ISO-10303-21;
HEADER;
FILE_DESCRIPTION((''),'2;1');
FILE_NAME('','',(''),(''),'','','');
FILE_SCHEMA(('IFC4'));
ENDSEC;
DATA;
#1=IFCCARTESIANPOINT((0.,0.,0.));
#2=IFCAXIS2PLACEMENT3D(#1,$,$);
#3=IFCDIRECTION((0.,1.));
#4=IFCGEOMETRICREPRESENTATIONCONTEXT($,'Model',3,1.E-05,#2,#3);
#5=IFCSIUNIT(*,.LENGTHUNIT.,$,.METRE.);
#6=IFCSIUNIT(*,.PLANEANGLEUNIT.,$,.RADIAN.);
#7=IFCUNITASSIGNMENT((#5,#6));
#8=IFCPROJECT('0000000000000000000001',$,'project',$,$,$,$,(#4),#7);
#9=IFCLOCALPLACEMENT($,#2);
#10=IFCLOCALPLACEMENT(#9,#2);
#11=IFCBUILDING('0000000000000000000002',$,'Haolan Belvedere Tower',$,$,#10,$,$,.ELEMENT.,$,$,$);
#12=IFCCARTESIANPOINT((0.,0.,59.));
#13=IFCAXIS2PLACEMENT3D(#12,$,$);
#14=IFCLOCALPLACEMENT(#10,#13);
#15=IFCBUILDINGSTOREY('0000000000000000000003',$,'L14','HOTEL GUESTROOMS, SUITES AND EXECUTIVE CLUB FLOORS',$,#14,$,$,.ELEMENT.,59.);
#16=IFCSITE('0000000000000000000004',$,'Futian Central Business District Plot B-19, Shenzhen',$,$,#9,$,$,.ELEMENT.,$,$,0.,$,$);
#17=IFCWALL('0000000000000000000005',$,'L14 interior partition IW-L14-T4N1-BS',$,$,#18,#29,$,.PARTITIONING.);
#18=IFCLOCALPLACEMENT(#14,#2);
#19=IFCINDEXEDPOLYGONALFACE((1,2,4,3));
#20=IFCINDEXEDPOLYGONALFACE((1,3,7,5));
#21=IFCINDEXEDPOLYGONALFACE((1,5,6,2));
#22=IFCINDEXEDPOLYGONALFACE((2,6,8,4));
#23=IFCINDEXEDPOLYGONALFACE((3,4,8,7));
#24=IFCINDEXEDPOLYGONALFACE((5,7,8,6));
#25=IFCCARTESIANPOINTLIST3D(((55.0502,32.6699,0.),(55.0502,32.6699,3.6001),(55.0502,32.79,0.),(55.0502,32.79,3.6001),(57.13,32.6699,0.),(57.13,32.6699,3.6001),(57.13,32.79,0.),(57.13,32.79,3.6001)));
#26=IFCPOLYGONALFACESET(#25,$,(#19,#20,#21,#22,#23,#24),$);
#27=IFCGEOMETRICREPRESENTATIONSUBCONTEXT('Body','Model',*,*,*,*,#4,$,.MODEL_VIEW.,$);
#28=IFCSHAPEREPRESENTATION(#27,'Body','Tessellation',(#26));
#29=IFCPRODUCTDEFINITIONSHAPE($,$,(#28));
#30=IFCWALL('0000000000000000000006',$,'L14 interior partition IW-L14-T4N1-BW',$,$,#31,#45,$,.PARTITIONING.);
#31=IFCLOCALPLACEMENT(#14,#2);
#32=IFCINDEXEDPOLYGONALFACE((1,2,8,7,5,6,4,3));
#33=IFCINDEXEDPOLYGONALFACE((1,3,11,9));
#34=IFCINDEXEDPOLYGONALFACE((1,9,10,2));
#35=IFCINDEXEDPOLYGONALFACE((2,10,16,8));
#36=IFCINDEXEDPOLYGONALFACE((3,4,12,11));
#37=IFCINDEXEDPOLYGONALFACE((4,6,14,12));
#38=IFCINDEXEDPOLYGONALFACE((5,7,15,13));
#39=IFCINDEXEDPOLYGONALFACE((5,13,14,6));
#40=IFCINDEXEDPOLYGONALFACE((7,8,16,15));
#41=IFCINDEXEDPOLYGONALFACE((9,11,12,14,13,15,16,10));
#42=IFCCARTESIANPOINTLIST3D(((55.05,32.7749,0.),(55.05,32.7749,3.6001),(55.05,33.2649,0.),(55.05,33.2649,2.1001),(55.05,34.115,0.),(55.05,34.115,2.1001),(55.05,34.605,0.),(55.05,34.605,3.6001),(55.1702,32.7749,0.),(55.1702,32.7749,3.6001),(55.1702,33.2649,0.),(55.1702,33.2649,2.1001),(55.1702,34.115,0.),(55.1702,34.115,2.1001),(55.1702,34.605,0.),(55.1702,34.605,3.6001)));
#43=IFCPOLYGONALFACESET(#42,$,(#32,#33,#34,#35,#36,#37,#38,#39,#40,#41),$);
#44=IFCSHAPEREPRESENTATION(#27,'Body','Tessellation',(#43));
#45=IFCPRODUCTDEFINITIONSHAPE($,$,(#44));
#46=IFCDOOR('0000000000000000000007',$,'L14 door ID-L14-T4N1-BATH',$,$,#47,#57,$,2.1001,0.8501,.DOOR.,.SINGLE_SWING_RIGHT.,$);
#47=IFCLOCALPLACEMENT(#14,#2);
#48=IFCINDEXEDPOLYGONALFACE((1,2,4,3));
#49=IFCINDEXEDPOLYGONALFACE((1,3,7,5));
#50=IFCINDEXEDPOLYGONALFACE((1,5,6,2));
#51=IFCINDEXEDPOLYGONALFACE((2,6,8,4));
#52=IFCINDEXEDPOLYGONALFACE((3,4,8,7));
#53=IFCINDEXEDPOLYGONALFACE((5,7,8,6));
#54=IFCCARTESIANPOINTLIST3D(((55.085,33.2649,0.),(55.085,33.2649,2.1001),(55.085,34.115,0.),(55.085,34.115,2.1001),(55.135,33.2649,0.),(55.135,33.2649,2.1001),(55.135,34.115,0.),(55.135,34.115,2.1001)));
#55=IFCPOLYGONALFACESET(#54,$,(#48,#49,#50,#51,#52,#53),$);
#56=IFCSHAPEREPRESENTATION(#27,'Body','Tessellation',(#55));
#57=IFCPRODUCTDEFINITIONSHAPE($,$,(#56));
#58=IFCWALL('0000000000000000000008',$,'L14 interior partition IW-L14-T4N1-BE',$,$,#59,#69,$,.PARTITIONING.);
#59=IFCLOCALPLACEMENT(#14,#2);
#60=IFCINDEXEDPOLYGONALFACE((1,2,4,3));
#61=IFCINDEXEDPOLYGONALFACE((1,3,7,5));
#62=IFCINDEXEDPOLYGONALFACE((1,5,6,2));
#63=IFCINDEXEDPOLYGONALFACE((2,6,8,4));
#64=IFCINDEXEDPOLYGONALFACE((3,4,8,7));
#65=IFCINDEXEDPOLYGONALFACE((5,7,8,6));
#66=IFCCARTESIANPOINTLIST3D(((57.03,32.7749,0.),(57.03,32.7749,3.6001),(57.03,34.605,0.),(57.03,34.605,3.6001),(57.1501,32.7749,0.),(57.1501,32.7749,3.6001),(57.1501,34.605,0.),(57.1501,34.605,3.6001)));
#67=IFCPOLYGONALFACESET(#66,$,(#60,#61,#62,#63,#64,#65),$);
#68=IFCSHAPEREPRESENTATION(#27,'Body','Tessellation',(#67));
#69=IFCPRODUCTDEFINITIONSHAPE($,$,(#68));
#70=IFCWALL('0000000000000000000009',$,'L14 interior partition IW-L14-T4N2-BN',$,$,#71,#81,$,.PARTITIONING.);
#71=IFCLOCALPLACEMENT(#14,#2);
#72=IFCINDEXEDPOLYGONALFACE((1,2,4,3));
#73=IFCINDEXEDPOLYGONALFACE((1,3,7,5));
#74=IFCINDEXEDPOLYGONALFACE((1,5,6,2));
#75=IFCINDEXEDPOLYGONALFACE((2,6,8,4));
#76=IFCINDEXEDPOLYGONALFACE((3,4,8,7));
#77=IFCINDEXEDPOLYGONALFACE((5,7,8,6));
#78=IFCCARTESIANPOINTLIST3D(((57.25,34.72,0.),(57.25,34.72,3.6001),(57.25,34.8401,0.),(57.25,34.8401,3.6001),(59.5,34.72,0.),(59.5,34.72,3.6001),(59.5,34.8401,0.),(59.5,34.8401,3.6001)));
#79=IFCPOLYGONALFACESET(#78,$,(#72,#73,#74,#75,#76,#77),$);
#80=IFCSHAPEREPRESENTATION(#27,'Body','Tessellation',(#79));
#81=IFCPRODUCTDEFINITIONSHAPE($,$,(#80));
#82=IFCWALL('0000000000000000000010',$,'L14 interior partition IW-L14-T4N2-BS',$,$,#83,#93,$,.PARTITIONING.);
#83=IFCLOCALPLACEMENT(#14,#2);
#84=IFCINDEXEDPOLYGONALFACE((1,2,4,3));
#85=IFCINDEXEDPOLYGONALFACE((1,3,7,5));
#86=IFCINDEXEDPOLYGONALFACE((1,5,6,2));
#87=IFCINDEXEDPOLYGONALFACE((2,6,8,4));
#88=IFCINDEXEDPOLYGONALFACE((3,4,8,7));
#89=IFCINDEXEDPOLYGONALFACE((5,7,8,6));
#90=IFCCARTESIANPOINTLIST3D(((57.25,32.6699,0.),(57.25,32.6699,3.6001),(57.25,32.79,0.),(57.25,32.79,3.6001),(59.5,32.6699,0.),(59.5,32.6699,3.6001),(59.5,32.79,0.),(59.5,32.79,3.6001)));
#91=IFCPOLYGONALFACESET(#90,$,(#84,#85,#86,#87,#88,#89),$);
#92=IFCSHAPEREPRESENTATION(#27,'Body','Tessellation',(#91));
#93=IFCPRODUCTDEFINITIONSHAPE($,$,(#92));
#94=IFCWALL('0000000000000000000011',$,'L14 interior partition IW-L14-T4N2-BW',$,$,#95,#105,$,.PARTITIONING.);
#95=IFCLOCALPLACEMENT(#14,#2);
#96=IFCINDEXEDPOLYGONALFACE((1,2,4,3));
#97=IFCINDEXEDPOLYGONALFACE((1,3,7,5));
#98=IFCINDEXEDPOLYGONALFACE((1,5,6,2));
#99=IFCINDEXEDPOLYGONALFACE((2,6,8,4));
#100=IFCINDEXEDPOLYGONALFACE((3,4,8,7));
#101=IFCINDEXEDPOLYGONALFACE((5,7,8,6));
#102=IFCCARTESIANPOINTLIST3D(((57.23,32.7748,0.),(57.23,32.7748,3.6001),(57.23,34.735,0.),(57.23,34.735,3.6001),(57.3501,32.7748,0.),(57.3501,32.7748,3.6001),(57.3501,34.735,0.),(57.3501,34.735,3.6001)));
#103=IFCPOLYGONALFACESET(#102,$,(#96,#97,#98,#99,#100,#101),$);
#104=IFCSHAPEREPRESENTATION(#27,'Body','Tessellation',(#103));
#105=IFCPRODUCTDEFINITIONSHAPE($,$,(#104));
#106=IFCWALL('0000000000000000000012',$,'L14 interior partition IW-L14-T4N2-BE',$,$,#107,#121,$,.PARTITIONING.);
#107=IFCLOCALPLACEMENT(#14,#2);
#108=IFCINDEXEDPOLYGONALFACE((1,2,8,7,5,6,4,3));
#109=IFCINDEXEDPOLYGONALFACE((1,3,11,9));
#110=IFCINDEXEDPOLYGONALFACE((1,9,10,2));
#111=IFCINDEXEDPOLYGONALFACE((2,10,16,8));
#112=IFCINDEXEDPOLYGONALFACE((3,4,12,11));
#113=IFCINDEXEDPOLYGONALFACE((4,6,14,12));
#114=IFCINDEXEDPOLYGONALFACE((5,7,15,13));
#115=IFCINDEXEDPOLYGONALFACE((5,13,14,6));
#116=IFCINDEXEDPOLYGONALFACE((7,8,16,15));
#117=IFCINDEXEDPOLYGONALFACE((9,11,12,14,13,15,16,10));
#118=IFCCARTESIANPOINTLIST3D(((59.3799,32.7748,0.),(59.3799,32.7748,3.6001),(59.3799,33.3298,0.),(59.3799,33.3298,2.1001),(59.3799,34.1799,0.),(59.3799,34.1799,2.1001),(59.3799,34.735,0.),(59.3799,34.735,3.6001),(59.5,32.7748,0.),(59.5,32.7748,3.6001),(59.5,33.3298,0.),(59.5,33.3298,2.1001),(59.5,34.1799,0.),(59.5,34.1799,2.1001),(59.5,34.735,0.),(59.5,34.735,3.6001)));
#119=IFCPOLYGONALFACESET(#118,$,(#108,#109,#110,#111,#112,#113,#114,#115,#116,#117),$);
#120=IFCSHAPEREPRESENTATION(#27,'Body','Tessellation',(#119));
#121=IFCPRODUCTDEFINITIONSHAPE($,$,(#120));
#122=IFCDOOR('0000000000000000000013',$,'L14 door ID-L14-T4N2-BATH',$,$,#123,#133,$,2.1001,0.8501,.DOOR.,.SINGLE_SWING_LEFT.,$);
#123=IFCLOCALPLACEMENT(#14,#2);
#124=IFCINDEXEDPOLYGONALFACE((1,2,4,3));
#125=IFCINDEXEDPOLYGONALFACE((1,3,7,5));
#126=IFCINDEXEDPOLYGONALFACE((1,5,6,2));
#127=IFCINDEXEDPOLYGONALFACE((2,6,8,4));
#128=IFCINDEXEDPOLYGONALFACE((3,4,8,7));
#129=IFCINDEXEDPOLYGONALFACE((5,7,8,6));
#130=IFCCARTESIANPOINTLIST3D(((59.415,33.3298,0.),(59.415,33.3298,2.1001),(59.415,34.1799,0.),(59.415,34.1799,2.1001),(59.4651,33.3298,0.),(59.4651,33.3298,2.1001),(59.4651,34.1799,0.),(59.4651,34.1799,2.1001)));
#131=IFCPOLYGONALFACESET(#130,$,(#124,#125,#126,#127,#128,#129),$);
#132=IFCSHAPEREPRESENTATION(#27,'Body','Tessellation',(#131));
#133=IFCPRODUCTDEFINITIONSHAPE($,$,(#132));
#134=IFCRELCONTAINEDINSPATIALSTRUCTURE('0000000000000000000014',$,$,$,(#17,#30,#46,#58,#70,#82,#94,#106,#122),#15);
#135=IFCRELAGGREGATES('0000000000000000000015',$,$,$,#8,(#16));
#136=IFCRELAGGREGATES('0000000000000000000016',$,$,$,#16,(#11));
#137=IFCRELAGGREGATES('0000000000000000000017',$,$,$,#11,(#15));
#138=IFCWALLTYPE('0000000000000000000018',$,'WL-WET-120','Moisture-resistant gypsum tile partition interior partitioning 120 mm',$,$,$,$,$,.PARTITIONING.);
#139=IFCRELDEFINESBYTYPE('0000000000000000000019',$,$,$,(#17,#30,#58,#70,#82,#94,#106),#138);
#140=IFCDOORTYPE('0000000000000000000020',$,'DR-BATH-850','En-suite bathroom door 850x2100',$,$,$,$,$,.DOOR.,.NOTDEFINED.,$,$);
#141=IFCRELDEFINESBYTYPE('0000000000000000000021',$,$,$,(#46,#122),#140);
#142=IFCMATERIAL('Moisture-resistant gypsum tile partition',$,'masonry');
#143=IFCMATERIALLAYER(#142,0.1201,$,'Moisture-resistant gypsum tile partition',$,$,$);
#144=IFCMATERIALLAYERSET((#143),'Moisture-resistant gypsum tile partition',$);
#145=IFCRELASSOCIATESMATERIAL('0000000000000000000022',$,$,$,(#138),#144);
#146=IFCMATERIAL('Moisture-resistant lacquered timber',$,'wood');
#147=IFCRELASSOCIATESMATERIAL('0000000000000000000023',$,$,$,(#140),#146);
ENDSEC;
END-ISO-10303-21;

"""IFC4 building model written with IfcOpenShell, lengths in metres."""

from ifc_helpers import new_model, si_unit, direction, frame, frame_2d, origin, place, context, subcontext, project, spatial, rectangle, extrude, material, layer, layer_set, type_object, element, fill, save


model = new_model("IFC4")

# Units and contexts
model_context = context("Model", 3, precision=1e-05, world=origin(), true_north=direction((0.0, 1.0)))
body_context = subcontext(model_context, "Body", "Model", "MODEL_VIEW")
ifc_project = project(units=[si_unit("LENGTHUNIT", "METRE"), si_unit("PLANEANGLEUNIT", "RADIAN")], contexts=[model_context])

# Site, building, storey
site_placement = place(None, origin())
site = spatial("IfcSite", under=ifc_project, at=site_placement, Name="Futian Central Business District Plot B-19, Shenzhen", CompositionType="ELEMENT", RefElevation=0.0)
building_placement = place(site_placement, origin())
building = spatial("IfcBuilding", under=site, at=building_placement, Name="Haolan Belvedere Tower", CompositionType="ELEMENT")
storey_placement = place(building_placement, frame((0.0, 0.0, 59.0)))
storey = spatial("IfcBuildingStorey", under=building, at=storey_placement, Name="L14", Description="HOTEL GUESTROOMS, SUITES AND EXECUTIVE CLUB FLOORS", CompositionType="ELEMENT", Elevation=59.0)

# Wall
ifc_material_1 = material(Name="Moisture-resistant gypsum tile partition", Category="masonry")
ifc_layer_1 = layer(ifc_material_1, 0.1201, Name="Moisture-resistant gypsum tile partition")
ifc_layer_set_1 = layer_set([ifc_layer_1], Name="Moisture-resistant gypsum tile partition")
wall_type_1 = type_object("IfcWallType", Name="WL-WET-120", Description="Moisture-resistant gypsum tile partition interior partitioning 120 mm", PredefinedType="PARTITIONING", material=ifc_layer_set_1)
for number, where, z_axis, x_axis, name in (
    (1, (55.05, 32.73, 0.0), (0.0, 0.0, 1.0), (1.0, 0.0, 0.0), "L14 interior partition IW-L14-T4N1-BS"),
):
    element("IfcWall", number, at=place(storey_placement, frame(where, z_axis=z_axis, x_axis=x_axis)), inside=storey, type_object=wall_type_1, Name=name, PredefinedType="PARTITIONING", context=body_context, shape_type="SweptSolid", body=[
        extrude(rectangle(XDim=2.0798, YDim=0.1201, at=frame_2d((1.04, 0.0))), origin(), (0.0, 0.0, 1.0), 3.6001),
    ])

# Wall, opening, door
wall_1_placement = place(storey_placement, frame((55.1101, 32.7749, 0.0), z_axis=(0.0, 0.0, 1.0), x_axis=(0.0, 1.0, 0.0)))
wall_1 = element("IfcWall", 2, at=wall_1_placement, inside=storey, type_object=wall_type_1, Name="L14 interior partition IW-L14-T4N1-BW", PredefinedType="PARTITIONING", context=body_context, shape_type="SweptSolid", body=[
    extrude(rectangle(XDim=1.8301, YDim=0.1201, at=frame_2d((0.915, 0.0))), origin(), (0.0, 0.0, 1.0), 3.6001),
])
opening_1_placement = place(wall_1_placement, frame((1.3401, 0.0, 0.0), z_axis=(0.0, 0.0, 1.0), x_axis=(-1.0, 0.0, 0.0)))
opening_1 = element("IfcOpeningElement", 3, at=opening_1_placement, cuts=wall_1, PredefinedType="OPENING", context=body_context, shape_type="SweptSolid", body=[
    extrude(rectangle(XDim=0.8501, YDim=2.1001, at=frame_2d((0.425, 1.05))), frame((0.0, 0.0701, 0.0), z_axis=(0.0, -1.0, 0.0), x_axis=(1.0, 0.0, 0.0)), (0.0, 0.0, 1.0), 0.1401),
])
ifc_material_2 = material(Name="Moisture-resistant lacquered timber", Category="wood")
door_type_1 = type_object("IfcDoorType", Name="DR-BATH-850", Description="En-suite bathroom door 850x2100", OperationType="NOTDEFINED", PredefinedType="DOOR", material=ifc_material_2)
door_1_placement = place(opening_1_placement, origin())
door_1 = element("IfcDoor", 4, at=door_1_placement, inside=storey, type_object=door_type_1, Name="L14 door ID-L14-T4N1-BATH", OperationType="SINGLE_SWING_RIGHT", OverallHeight=2.1001, OverallWidth=0.8501, PredefinedType="DOOR", context=body_context, shape_type="SweptSolid", body=[
    extrude(rectangle(XDim=0.8501, YDim=2.1001, at=frame_2d((0.425, 1.05))), frame((0.0, 0.0249, 0.0), z_axis=(0.0, -1.0, 0.0), x_axis=(1.0, 0.0, 0.0)), (0.0, 0.0, 1.0), 0.05),
])
fill(opening_1, door_1)

# Walls
wall_2_placement = place(storey_placement, frame((57.0901, 32.7749, 0.0), z_axis=(0.0, 0.0, 1.0), x_axis=(0.0, 1.0, 0.0)))
element("IfcWall", 5, at=wall_2_placement, inside=storey, type_object=wall_type_1, Name="L14 interior partition IW-L14-T4N1-BE", PredefinedType="PARTITIONING", context=body_context, shape_type="SweptSolid", body=[
    extrude(rectangle(XDim=1.8301, YDim=0.1201, at=frame_2d((0.915, 0.0))), origin(), (0.0, 0.0, 1.0), 3.6001),
])
for number, where, z_axis, x_axis, name in (
    (6, (57.25, 34.78, 0.0), (0.0, 0.0, 1.0), (1.0, 0.0, 0.0), "L14 interior partition IW-L14-T4N2-BN"),
    (7, (57.25, 32.73, 0.0), (0.0, 0.0, 1.0), (1.0, 0.0, 0.0), "L14 interior partition IW-L14-T4N2-BS"),
):
    element("IfcWall", number, at=place(storey_placement, frame(where, z_axis=z_axis, x_axis=x_axis)), inside=storey, type_object=wall_type_1, Name=name, PredefinedType="PARTITIONING", context=body_context, shape_type="SweptSolid", body=[
        extrude(rectangle(XDim=2.25, YDim=0.1201, at=frame_2d((1.125, 0.0))), origin(), (0.0, 0.0, 1.0), 3.6001),
    ])
wall_3_placement = place(storey_placement, frame((57.29, 32.7749, 0.0), z_axis=(0.0, 0.0, 1.0), x_axis=(0.0, 1.0, 0.0)))
element("IfcWall", 8, at=wall_3_placement, inside=storey, type_object=wall_type_1, Name="L14 interior partition IW-L14-T4N2-BW", PredefinedType="PARTITIONING", context=body_context, shape_type="SweptSolid", body=[
    extrude(rectangle(XDim=1.9602, YDim=0.1201, at=frame_2d((0.98, 0.0))), origin(), (0.0, 0.0, 1.0), 3.6001),
])

# Wall, opening, door
wall_4_placement = place(storey_placement, frame((59.4399, 32.7749, 0.0), z_axis=(0.0, 0.0, 1.0), x_axis=(0.0, 1.0, 0.0)))
wall_4 = element("IfcWall", 9, at=wall_4_placement, inside=storey, type_object=wall_type_1, Name="L14 interior partition IW-L14-T4N2-BE", PredefinedType="PARTITIONING", context=body_context, shape_type="SweptSolid", body=[
    extrude(rectangle(XDim=1.9602, YDim=0.1201, at=frame_2d((0.98, 0.0))), origin(), (0.0, 0.0, 1.0), 3.6001),
])
opening_2_placement = place(wall_4_placement, frame((0.5549, 0.0, 0.0)))
opening_2 = element("IfcOpeningElement", 10, at=opening_2_placement, cuts=wall_4, PredefinedType="OPENING", context=body_context, shape_type="SweptSolid", body=[
    extrude(rectangle(XDim=0.8501, YDim=2.1001, at=frame_2d((0.425, 1.05))), frame((0.0, 0.0701, 0.0), z_axis=(0.0, -1.0, 0.0), x_axis=(1.0, 0.0, 0.0)), (0.0, 0.0, 1.0), 0.1401),
])
door_2_placement = place(opening_2_placement, origin())
door_2 = element("IfcDoor", 11, at=door_2_placement, inside=storey, type_object=door_type_1, Name="L14 door ID-L14-T4N2-BATH", OperationType="SINGLE_SWING_LEFT", OverallHeight=2.1001, OverallWidth=0.8501, PredefinedType="DOOR", context=body_context, shape_type="SweptSolid", body=[
    extrude(rectangle(XDim=0.8501, YDim=2.1001, at=frame_2d((0.425, 1.05))), frame((0.0, 0.0249, 0.0), z_axis=(0.0, -1.0, 0.0), x_axis=(1.0, 0.0, 0.0)), (0.0, 0.0, 1.0), 0.05),
])
fill(opening_2, door_2)

save(model, "model.ifc")
